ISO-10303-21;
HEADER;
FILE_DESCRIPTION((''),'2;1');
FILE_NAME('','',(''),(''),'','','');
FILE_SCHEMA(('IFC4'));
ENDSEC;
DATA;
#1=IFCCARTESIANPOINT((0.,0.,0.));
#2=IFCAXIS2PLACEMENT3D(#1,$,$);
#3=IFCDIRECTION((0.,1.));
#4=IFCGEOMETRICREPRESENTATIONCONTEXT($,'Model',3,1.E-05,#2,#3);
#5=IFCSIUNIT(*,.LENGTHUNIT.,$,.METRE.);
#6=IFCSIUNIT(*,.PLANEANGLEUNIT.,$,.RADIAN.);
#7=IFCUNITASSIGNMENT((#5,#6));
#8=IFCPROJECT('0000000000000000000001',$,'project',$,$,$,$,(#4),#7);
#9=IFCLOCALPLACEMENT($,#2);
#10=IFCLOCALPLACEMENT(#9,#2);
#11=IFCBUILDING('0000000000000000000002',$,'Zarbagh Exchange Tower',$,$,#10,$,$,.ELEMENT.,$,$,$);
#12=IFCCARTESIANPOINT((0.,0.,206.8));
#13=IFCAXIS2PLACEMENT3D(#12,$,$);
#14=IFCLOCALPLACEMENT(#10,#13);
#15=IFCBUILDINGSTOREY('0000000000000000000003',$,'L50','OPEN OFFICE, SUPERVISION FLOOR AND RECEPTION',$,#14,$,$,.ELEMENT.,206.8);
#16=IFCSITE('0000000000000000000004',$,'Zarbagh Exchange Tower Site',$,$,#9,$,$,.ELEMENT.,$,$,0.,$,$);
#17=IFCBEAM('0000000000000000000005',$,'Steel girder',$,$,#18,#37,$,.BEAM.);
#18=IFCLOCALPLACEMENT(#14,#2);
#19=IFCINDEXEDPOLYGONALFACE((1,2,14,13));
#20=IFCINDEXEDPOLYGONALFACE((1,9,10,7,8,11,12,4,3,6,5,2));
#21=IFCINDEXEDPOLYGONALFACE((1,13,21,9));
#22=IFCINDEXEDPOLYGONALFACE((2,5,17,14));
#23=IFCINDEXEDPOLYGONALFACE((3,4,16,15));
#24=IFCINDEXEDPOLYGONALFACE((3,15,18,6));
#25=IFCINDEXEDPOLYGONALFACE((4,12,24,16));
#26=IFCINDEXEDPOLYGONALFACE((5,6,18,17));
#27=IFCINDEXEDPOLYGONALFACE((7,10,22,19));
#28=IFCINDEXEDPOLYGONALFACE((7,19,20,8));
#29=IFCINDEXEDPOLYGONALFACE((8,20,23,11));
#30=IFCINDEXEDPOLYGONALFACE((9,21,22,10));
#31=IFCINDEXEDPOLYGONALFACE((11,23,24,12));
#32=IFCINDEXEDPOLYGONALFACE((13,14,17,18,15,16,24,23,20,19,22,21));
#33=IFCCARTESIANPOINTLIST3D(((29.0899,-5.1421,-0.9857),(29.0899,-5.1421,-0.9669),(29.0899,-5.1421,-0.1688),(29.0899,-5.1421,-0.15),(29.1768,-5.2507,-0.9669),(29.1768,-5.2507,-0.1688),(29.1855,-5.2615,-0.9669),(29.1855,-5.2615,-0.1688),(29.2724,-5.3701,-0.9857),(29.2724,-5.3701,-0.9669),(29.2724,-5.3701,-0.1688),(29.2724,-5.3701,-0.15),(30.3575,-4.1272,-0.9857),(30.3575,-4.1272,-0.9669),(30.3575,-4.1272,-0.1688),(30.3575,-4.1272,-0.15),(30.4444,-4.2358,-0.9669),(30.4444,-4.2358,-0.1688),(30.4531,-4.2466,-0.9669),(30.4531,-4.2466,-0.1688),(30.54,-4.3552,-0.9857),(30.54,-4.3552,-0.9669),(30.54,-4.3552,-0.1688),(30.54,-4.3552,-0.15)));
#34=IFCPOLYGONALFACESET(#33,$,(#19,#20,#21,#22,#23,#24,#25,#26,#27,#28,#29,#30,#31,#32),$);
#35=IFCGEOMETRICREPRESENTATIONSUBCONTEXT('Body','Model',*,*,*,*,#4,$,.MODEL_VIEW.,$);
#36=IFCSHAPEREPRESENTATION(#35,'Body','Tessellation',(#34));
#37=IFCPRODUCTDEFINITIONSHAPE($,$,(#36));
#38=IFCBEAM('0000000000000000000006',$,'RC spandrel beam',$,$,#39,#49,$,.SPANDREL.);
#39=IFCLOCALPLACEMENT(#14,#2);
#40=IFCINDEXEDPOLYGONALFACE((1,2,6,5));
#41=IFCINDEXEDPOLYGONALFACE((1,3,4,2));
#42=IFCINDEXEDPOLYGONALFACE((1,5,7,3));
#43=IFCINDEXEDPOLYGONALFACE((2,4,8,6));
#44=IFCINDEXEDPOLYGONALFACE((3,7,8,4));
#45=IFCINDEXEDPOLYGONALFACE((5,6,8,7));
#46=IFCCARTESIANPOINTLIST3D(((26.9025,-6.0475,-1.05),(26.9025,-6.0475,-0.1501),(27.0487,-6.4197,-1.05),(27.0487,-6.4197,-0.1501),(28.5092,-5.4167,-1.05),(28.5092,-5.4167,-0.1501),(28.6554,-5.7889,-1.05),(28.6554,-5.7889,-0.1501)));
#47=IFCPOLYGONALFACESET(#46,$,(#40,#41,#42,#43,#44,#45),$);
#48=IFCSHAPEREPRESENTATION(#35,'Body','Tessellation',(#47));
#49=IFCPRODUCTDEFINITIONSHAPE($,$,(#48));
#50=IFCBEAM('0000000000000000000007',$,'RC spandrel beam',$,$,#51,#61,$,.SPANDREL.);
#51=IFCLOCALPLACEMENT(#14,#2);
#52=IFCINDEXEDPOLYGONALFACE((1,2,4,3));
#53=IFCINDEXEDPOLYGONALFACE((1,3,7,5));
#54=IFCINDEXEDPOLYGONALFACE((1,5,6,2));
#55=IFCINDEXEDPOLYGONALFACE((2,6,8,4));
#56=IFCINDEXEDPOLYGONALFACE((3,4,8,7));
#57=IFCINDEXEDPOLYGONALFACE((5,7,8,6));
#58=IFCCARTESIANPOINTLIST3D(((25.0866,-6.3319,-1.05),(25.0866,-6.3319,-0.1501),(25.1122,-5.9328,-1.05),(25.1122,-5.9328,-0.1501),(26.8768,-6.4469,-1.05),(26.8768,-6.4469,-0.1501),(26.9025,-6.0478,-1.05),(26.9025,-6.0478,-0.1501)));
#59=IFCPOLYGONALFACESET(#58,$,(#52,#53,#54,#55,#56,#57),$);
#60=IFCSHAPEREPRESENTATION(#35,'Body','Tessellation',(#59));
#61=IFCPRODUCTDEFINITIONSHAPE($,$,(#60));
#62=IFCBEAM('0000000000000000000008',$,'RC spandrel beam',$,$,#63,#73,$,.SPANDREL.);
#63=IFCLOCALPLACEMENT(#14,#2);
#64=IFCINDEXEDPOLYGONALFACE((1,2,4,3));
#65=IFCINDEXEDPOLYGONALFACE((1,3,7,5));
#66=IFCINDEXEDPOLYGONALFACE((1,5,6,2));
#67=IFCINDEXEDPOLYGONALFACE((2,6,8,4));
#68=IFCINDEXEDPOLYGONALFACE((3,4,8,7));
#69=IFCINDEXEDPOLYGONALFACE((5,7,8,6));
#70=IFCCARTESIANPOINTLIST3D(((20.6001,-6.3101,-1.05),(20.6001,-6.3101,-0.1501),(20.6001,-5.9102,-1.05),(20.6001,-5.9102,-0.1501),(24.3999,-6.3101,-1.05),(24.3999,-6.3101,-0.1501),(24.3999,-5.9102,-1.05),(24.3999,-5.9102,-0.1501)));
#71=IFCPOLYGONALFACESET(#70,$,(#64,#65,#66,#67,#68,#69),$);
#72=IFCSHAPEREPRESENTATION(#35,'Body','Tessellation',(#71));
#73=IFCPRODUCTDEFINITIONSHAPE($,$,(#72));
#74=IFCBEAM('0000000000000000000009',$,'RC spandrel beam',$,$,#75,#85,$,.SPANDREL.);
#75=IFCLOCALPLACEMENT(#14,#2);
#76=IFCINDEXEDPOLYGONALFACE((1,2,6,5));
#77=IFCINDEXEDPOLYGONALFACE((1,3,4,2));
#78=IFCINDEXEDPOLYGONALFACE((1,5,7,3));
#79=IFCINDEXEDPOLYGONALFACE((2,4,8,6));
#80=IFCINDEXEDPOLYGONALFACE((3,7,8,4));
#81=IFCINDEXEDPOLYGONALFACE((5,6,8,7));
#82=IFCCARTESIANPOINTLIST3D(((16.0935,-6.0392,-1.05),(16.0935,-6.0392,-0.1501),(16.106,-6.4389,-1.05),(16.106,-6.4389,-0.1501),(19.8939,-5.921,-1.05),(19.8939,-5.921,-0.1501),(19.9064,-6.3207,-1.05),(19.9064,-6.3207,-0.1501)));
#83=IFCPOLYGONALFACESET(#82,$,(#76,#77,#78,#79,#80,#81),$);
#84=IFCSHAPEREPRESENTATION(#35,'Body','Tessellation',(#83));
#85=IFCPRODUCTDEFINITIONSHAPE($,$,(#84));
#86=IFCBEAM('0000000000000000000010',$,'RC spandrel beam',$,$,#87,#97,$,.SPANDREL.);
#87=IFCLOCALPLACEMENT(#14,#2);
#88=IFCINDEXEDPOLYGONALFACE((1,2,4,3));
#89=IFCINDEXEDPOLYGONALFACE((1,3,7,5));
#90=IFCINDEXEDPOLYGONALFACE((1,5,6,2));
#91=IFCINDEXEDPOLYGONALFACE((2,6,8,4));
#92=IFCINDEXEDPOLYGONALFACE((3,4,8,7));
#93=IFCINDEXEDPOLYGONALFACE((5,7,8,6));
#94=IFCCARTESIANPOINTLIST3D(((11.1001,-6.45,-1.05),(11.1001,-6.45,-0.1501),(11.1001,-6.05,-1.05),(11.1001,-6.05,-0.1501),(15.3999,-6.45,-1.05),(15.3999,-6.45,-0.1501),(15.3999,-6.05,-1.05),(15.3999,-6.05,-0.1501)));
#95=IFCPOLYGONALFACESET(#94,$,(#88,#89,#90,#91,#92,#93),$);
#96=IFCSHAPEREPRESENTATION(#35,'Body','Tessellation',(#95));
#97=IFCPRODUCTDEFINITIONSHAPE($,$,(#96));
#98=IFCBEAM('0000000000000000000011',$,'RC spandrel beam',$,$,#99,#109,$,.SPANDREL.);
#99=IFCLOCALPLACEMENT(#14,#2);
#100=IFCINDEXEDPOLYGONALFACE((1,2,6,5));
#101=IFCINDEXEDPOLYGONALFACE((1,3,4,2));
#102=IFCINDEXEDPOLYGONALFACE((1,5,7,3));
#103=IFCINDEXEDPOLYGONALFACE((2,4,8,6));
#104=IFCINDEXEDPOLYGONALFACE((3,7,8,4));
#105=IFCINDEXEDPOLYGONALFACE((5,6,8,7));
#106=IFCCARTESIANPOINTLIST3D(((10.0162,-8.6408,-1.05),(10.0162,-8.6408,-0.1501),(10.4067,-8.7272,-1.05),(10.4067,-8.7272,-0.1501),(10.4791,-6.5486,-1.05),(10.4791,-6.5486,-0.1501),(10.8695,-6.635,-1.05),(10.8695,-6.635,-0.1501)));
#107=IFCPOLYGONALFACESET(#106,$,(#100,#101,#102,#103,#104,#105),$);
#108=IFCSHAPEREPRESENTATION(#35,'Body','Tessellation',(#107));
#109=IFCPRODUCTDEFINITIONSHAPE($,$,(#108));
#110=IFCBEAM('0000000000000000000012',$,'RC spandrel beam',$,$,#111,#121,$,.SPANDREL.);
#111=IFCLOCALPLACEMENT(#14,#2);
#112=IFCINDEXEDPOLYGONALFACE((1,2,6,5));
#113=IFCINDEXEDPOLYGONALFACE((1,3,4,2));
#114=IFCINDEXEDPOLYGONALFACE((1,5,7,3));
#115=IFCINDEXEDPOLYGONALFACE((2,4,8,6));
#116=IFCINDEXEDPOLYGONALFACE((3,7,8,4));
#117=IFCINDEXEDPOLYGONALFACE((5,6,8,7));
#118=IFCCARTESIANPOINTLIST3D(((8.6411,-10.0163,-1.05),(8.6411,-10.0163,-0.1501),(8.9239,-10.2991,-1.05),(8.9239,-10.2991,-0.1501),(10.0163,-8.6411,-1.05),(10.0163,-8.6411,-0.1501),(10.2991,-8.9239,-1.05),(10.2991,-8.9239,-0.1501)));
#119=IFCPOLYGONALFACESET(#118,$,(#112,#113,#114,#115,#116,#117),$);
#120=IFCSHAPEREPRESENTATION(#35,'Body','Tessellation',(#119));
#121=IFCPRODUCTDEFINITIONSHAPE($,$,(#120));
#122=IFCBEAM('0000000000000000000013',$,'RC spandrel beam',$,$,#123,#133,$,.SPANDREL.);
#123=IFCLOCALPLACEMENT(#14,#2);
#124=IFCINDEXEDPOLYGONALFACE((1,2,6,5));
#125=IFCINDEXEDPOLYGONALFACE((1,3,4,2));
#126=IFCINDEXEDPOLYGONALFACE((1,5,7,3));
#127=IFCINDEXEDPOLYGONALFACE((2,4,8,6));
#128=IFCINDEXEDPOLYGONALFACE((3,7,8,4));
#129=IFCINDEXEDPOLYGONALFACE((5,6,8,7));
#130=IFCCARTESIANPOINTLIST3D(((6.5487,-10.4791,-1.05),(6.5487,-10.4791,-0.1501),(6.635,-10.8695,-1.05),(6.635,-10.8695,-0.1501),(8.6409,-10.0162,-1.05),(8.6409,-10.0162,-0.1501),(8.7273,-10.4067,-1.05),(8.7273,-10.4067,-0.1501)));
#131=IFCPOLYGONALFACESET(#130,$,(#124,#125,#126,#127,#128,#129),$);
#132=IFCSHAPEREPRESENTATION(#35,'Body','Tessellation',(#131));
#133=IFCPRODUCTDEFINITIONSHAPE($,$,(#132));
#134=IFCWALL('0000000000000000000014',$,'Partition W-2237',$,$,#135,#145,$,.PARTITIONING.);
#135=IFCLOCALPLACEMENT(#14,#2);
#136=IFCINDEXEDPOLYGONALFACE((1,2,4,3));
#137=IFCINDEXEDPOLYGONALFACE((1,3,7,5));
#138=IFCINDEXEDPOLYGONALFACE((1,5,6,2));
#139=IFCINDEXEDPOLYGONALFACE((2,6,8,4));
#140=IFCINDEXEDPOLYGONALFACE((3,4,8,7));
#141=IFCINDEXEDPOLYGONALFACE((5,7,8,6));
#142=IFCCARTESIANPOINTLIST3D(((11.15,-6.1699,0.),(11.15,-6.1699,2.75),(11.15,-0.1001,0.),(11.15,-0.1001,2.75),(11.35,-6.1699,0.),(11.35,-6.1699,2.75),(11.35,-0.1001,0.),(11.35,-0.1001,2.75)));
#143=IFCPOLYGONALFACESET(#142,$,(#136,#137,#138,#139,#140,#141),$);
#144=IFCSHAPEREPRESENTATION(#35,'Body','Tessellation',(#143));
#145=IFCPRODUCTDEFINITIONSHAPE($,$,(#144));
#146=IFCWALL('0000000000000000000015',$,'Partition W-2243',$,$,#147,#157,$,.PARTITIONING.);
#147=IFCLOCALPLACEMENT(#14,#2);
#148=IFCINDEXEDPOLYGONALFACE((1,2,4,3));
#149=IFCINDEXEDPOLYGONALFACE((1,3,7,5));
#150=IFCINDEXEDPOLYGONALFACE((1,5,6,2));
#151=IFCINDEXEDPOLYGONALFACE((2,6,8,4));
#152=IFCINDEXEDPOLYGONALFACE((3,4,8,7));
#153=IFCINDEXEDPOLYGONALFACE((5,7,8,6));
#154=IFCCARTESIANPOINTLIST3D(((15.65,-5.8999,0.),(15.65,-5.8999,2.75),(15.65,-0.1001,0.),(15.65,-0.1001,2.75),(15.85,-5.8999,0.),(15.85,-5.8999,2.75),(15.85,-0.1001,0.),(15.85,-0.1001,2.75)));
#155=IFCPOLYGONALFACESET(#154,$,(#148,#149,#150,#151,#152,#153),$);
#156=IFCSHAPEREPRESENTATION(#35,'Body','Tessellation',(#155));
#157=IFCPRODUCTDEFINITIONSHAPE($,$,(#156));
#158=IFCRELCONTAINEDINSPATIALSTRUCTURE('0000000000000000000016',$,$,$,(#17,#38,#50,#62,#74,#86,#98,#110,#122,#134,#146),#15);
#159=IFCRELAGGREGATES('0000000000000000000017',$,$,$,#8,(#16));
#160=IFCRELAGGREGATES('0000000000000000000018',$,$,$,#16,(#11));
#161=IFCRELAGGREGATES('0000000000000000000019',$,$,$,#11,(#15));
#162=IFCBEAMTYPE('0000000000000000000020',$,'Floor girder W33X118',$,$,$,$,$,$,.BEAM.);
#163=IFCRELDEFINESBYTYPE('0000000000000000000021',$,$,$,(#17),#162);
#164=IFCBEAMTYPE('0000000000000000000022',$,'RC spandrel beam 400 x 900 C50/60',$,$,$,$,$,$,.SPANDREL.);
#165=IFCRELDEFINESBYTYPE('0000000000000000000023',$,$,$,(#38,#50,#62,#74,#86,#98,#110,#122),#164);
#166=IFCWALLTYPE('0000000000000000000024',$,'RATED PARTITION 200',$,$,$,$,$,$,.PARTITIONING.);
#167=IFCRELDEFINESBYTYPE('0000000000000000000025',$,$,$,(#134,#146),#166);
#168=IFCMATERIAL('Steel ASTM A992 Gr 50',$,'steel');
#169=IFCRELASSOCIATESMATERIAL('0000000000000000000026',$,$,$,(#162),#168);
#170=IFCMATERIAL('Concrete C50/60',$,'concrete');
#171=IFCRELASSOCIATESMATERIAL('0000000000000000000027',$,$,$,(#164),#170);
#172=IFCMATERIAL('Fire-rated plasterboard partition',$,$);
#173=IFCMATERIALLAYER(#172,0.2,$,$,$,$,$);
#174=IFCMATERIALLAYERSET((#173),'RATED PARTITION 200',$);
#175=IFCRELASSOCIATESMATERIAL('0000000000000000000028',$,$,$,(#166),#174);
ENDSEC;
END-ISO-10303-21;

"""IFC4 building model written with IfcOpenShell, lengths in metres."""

from ifc_helpers import new_model, si_unit, direction, frame, frame_2d, origin, origin_2d, place, context, subcontext, project, spatial, rectangle, i_section, extrude, material, layer, layer_set, material_profile, profile_set, type_object, element, save


model = new_model("IFC4")

# Units and contexts
model_context = context("Model", 3, precision=1e-05, world=origin(), true_north=direction((0.0, 1.0)))
body_context = subcontext(model_context, "Body", "Model", "MODEL_VIEW")
ifc_project = project(units=[si_unit("LENGTHUNIT", "METRE"), si_unit("PLANEANGLEUNIT", "RADIAN")], contexts=[model_context])

# Site, building, storey
site_placement = place(None, origin())
site = spatial("IfcSite", under=ifc_project, at=site_placement, Name="Zarbagh Exchange Tower Site", CompositionType="ELEMENT", RefElevation=0.0)
building_placement = place(site_placement, origin())
building = spatial("IfcBuilding", under=site, at=building_placement, Name="Zarbagh Exchange Tower", CompositionType="ELEMENT")
storey_placement = place(building_placement, frame((0.0, 0.0, 206.8)))
storey = spatial("IfcBuildingStorey", under=building, at=storey_placement, Name="L50", Description="OPEN OFFICE, SUPERVISION FLOOR AND RECEPTION", CompositionType="ELEMENT", Elevation=206.8)

# Shared definitions
ifc_material_1 = material(Name="Concrete C50/60", Category="concrete")

# Beams
ifc_material_2 = material(Name="Steel ASTM A992 Gr 50", Category="steel")
ifc_material_profile_1 = material_profile(ifc_material_2, i_section(OverallWidth=0.292, OverallDepth=0.8357, WebThickness=0.0139, FlangeThickness=0.0188, at=origin_2d()), Name="W33X118")
ifc_profile_set_1 = profile_set([ifc_material_profile_1], Name="Steel ASTM A992 Gr 50")
beam_type_1 = type_object("IfcBeamType", Name="Floor girder W33X118", PredefinedType="BEAM", material=ifc_profile_set_1)
beam_1_placement = place(storey_placement, frame((30.4487, -4.2412, -0.5679), z_axis=(-0.780619, -0.625007, 0.0), x_axis=(0.625007, -0.780619, 0.0)))
element("IfcBeam", 1, at=beam_1_placement, inside=storey, type_object=beam_type_1, Name="Steel girder", PredefinedType="BEAM", context=body_context, shape_type="SweptSolid", body=[
    extrude(i_section(OverallWidth=0.292, OverallDepth=0.8357, WebThickness=0.0139, FlangeThickness=0.0188, at=origin_2d()), origin(), (0.0, 0.0, 1.0), 1.6238),
])
ifc_material_profile_2 = material_profile(ifc_material_1, rectangle(XDim=0.3999, YDim=0.8999, at=origin_2d()), Name="RC spandrel beam 400 x 900 C50/60")
ifc_profile_set_2 = profile_set([ifc_material_profile_2], Name="Concrete C50/60")
beam_type_2 = type_object("IfcBeamType", Name="RC spandrel beam 400 x 900 C50/60", PredefinedType="SPANDREL", material=ifc_profile_set_2)
beam_2_placement = place(storey_placement, frame((28.5823, -5.6028, -0.6001), z_axis=(-0.930819, -0.365482, 0.0), x_axis=(0.365482, -0.930819, 0.0)))
element("IfcBeam", 2, at=beam_2_placement, inside=storey, type_object=beam_type_2, Name="RC spandrel beam", PredefinedType="SPANDREL", context=body_context, shape_type="SweptSolid", body=[
    extrude(rectangle(XDim=0.3999, YDim=0.8999, at=origin_2d()), origin(), (0.0, 0.0, 1.0), 1.7261),
])
beam_3_placement = place(storey_placement, frame((26.8896, -6.2473, -0.6001), z_axis=(-0.997944, 0.064098, 0.0), x_axis=(-0.064098, -0.997944, 0.0)))
element("IfcBeam", 3, at=beam_3_placement, inside=storey, type_object=beam_type_2, Name="RC spandrel beam", PredefinedType="SPANDREL", context=body_context, shape_type="SweptSolid", body=[
    extrude(rectangle(XDim=0.3999, YDim=0.8999, at=origin_2d()), origin(), (0.0, 0.0, 1.0), 1.7939),
])
beam_4_placement = place(storey_placement, frame((24.3999, -6.1101, -0.6001), z_axis=(-1.0, 0.0, 0.0), x_axis=(0.0, -1.0, 0.0)))
element("IfcBeam", 4, at=beam_4_placement, inside=storey, type_object=beam_type_2, Name="RC spandrel beam", PredefinedType="SPANDREL", context=body_context, shape_type="SweptSolid", body=[
    extrude(rectangle(XDim=0.3999, YDim=0.8999, at=origin_2d()), origin(), (0.0, 0.0, 1.0), 3.7998),
])
beam_5_placement = place(storey_placement, frame((19.9001, -6.1208, -0.6001), z_axis=(-0.999517, -0.031078, 0.0), x_axis=(0.031078, -0.999517, 0.0)))
element("IfcBeam", 5, at=beam_5_placement, inside=storey, type_object=beam_type_2, Name="RC spandrel beam", PredefinedType="SPANDREL", context=body_context, shape_type="SweptSolid", body=[
    extrude(rectangle(XDim=0.3999, YDim=0.8999, at=origin_2d()), origin(), (0.0, 0.0, 1.0), 3.8022),
])
beam_6_placement = place(storey_placement, frame((15.3999, -6.25, -0.6001), z_axis=(-1.0, 0.0, 0.0), x_axis=(0.0, -1.0, 0.0)))
element("IfcBeam", 6, at=beam_6_placement, inside=storey, type_object=beam_type_2, Name="RC spandrel beam", PredefinedType="SPANDREL", context=body_context, shape_type="SweptSolid", body=[
    extrude(rectangle(XDim=0.3999, YDim=0.8999, at=origin_2d()), origin(), (0.0, 0.0, 1.0), 4.2998),
])
beam_7_placement = place(storey_placement, frame((10.6743, -6.5918, -0.6001), z_axis=(-0.216014, -0.97639, 0.0), x_axis=(0.97639, -0.216014, 0.0)))
element("IfcBeam", 7, at=beam_7_placement, inside=storey, type_object=beam_type_2, Name="RC spandrel beam", PredefinedType="SPANDREL", context=body_context, shape_type="SweptSolid", body=[
    extrude(rectangle(XDim=0.3999, YDim=0.8999, at=origin_2d()), origin(), (0.0, 0.0, 1.0), 2.1428),
])
beam_8_placement = place(storey_placement, frame((10.1577, -8.7825, -0.6001), z_axis=(-0.707107, -0.707107, 0.0), x_axis=(0.707107, -0.707107, 0.0)))
element("IfcBeam", 8, at=beam_8_placement, inside=storey, type_object=beam_type_2, Name="RC spandrel beam", PredefinedType="SPANDREL", context=body_context, shape_type="SweptSolid", body=[
    extrude(rectangle(XDim=0.3999, YDim=0.8999, at=origin_2d()), origin(), (0.0, 0.0, 1.0), 1.9448),
])
beam_9_placement = place(storey_placement, frame((8.6841, -10.2114, -0.6001), z_axis=(-0.97639, -0.216014, 0.0), x_axis=(0.216014, -0.97639, 0.0)))
element("IfcBeam", 9, at=beam_9_placement, inside=storey, type_object=beam_type_2, Name="RC spandrel beam", PredefinedType="SPANDREL", context=body_context, shape_type="SweptSolid", body=[
    extrude(rectangle(XDim=0.3999, YDim=0.8999, at=origin_2d()), origin(), (0.0, 0.0, 1.0), 2.1428),
])

# Walls
ifc_material_3 = material(Name="Fire-rated plasterboard partition")
ifc_layer = layer(ifc_material_3, 0.2)
ifc_layer_set = layer_set([ifc_layer], Name="RATED PARTITION 200")
wall_type = type_object("IfcWallType", Name="RATED PARTITION 200", PredefinedType="PARTITIONING", material=ifc_layer_set)
wall_1_placement = place(storey_placement, frame((11.25, -6.1699, 0.0), z_axis=(0.0, 0.0, 1.0), x_axis=(0.0, 1.0, 0.0)))
element("IfcWall", 10, at=wall_1_placement, inside=storey, type_object=wall_type, Name="Partition W-2237", PredefinedType="PARTITIONING", context=body_context, shape_type="SweptSolid", body=[
    extrude(rectangle(XDim=6.0698, YDim=0.2, at=frame_2d((3.0349, 0.0))), origin(), (0.0, 0.0, 1.0), 2.75),
])
wall_2_placement = place(storey_placement, frame((15.75, -5.8999, 0.0), z_axis=(0.0, 0.0, 1.0), x_axis=(0.0, 1.0, 0.0)))
element("IfcWall", 11, at=wall_2_placement, inside=storey, type_object=wall_type, Name="Partition W-2243", PredefinedType="PARTITIONING", context=body_context, shape_type="SweptSolid", body=[
    extrude(rectangle(XDim=5.7998, YDim=0.2, at=frame_2d((2.8999, 0.0))), origin(), (0.0, 0.0, 1.0), 2.75),
])

save(model, "model.ifc")
